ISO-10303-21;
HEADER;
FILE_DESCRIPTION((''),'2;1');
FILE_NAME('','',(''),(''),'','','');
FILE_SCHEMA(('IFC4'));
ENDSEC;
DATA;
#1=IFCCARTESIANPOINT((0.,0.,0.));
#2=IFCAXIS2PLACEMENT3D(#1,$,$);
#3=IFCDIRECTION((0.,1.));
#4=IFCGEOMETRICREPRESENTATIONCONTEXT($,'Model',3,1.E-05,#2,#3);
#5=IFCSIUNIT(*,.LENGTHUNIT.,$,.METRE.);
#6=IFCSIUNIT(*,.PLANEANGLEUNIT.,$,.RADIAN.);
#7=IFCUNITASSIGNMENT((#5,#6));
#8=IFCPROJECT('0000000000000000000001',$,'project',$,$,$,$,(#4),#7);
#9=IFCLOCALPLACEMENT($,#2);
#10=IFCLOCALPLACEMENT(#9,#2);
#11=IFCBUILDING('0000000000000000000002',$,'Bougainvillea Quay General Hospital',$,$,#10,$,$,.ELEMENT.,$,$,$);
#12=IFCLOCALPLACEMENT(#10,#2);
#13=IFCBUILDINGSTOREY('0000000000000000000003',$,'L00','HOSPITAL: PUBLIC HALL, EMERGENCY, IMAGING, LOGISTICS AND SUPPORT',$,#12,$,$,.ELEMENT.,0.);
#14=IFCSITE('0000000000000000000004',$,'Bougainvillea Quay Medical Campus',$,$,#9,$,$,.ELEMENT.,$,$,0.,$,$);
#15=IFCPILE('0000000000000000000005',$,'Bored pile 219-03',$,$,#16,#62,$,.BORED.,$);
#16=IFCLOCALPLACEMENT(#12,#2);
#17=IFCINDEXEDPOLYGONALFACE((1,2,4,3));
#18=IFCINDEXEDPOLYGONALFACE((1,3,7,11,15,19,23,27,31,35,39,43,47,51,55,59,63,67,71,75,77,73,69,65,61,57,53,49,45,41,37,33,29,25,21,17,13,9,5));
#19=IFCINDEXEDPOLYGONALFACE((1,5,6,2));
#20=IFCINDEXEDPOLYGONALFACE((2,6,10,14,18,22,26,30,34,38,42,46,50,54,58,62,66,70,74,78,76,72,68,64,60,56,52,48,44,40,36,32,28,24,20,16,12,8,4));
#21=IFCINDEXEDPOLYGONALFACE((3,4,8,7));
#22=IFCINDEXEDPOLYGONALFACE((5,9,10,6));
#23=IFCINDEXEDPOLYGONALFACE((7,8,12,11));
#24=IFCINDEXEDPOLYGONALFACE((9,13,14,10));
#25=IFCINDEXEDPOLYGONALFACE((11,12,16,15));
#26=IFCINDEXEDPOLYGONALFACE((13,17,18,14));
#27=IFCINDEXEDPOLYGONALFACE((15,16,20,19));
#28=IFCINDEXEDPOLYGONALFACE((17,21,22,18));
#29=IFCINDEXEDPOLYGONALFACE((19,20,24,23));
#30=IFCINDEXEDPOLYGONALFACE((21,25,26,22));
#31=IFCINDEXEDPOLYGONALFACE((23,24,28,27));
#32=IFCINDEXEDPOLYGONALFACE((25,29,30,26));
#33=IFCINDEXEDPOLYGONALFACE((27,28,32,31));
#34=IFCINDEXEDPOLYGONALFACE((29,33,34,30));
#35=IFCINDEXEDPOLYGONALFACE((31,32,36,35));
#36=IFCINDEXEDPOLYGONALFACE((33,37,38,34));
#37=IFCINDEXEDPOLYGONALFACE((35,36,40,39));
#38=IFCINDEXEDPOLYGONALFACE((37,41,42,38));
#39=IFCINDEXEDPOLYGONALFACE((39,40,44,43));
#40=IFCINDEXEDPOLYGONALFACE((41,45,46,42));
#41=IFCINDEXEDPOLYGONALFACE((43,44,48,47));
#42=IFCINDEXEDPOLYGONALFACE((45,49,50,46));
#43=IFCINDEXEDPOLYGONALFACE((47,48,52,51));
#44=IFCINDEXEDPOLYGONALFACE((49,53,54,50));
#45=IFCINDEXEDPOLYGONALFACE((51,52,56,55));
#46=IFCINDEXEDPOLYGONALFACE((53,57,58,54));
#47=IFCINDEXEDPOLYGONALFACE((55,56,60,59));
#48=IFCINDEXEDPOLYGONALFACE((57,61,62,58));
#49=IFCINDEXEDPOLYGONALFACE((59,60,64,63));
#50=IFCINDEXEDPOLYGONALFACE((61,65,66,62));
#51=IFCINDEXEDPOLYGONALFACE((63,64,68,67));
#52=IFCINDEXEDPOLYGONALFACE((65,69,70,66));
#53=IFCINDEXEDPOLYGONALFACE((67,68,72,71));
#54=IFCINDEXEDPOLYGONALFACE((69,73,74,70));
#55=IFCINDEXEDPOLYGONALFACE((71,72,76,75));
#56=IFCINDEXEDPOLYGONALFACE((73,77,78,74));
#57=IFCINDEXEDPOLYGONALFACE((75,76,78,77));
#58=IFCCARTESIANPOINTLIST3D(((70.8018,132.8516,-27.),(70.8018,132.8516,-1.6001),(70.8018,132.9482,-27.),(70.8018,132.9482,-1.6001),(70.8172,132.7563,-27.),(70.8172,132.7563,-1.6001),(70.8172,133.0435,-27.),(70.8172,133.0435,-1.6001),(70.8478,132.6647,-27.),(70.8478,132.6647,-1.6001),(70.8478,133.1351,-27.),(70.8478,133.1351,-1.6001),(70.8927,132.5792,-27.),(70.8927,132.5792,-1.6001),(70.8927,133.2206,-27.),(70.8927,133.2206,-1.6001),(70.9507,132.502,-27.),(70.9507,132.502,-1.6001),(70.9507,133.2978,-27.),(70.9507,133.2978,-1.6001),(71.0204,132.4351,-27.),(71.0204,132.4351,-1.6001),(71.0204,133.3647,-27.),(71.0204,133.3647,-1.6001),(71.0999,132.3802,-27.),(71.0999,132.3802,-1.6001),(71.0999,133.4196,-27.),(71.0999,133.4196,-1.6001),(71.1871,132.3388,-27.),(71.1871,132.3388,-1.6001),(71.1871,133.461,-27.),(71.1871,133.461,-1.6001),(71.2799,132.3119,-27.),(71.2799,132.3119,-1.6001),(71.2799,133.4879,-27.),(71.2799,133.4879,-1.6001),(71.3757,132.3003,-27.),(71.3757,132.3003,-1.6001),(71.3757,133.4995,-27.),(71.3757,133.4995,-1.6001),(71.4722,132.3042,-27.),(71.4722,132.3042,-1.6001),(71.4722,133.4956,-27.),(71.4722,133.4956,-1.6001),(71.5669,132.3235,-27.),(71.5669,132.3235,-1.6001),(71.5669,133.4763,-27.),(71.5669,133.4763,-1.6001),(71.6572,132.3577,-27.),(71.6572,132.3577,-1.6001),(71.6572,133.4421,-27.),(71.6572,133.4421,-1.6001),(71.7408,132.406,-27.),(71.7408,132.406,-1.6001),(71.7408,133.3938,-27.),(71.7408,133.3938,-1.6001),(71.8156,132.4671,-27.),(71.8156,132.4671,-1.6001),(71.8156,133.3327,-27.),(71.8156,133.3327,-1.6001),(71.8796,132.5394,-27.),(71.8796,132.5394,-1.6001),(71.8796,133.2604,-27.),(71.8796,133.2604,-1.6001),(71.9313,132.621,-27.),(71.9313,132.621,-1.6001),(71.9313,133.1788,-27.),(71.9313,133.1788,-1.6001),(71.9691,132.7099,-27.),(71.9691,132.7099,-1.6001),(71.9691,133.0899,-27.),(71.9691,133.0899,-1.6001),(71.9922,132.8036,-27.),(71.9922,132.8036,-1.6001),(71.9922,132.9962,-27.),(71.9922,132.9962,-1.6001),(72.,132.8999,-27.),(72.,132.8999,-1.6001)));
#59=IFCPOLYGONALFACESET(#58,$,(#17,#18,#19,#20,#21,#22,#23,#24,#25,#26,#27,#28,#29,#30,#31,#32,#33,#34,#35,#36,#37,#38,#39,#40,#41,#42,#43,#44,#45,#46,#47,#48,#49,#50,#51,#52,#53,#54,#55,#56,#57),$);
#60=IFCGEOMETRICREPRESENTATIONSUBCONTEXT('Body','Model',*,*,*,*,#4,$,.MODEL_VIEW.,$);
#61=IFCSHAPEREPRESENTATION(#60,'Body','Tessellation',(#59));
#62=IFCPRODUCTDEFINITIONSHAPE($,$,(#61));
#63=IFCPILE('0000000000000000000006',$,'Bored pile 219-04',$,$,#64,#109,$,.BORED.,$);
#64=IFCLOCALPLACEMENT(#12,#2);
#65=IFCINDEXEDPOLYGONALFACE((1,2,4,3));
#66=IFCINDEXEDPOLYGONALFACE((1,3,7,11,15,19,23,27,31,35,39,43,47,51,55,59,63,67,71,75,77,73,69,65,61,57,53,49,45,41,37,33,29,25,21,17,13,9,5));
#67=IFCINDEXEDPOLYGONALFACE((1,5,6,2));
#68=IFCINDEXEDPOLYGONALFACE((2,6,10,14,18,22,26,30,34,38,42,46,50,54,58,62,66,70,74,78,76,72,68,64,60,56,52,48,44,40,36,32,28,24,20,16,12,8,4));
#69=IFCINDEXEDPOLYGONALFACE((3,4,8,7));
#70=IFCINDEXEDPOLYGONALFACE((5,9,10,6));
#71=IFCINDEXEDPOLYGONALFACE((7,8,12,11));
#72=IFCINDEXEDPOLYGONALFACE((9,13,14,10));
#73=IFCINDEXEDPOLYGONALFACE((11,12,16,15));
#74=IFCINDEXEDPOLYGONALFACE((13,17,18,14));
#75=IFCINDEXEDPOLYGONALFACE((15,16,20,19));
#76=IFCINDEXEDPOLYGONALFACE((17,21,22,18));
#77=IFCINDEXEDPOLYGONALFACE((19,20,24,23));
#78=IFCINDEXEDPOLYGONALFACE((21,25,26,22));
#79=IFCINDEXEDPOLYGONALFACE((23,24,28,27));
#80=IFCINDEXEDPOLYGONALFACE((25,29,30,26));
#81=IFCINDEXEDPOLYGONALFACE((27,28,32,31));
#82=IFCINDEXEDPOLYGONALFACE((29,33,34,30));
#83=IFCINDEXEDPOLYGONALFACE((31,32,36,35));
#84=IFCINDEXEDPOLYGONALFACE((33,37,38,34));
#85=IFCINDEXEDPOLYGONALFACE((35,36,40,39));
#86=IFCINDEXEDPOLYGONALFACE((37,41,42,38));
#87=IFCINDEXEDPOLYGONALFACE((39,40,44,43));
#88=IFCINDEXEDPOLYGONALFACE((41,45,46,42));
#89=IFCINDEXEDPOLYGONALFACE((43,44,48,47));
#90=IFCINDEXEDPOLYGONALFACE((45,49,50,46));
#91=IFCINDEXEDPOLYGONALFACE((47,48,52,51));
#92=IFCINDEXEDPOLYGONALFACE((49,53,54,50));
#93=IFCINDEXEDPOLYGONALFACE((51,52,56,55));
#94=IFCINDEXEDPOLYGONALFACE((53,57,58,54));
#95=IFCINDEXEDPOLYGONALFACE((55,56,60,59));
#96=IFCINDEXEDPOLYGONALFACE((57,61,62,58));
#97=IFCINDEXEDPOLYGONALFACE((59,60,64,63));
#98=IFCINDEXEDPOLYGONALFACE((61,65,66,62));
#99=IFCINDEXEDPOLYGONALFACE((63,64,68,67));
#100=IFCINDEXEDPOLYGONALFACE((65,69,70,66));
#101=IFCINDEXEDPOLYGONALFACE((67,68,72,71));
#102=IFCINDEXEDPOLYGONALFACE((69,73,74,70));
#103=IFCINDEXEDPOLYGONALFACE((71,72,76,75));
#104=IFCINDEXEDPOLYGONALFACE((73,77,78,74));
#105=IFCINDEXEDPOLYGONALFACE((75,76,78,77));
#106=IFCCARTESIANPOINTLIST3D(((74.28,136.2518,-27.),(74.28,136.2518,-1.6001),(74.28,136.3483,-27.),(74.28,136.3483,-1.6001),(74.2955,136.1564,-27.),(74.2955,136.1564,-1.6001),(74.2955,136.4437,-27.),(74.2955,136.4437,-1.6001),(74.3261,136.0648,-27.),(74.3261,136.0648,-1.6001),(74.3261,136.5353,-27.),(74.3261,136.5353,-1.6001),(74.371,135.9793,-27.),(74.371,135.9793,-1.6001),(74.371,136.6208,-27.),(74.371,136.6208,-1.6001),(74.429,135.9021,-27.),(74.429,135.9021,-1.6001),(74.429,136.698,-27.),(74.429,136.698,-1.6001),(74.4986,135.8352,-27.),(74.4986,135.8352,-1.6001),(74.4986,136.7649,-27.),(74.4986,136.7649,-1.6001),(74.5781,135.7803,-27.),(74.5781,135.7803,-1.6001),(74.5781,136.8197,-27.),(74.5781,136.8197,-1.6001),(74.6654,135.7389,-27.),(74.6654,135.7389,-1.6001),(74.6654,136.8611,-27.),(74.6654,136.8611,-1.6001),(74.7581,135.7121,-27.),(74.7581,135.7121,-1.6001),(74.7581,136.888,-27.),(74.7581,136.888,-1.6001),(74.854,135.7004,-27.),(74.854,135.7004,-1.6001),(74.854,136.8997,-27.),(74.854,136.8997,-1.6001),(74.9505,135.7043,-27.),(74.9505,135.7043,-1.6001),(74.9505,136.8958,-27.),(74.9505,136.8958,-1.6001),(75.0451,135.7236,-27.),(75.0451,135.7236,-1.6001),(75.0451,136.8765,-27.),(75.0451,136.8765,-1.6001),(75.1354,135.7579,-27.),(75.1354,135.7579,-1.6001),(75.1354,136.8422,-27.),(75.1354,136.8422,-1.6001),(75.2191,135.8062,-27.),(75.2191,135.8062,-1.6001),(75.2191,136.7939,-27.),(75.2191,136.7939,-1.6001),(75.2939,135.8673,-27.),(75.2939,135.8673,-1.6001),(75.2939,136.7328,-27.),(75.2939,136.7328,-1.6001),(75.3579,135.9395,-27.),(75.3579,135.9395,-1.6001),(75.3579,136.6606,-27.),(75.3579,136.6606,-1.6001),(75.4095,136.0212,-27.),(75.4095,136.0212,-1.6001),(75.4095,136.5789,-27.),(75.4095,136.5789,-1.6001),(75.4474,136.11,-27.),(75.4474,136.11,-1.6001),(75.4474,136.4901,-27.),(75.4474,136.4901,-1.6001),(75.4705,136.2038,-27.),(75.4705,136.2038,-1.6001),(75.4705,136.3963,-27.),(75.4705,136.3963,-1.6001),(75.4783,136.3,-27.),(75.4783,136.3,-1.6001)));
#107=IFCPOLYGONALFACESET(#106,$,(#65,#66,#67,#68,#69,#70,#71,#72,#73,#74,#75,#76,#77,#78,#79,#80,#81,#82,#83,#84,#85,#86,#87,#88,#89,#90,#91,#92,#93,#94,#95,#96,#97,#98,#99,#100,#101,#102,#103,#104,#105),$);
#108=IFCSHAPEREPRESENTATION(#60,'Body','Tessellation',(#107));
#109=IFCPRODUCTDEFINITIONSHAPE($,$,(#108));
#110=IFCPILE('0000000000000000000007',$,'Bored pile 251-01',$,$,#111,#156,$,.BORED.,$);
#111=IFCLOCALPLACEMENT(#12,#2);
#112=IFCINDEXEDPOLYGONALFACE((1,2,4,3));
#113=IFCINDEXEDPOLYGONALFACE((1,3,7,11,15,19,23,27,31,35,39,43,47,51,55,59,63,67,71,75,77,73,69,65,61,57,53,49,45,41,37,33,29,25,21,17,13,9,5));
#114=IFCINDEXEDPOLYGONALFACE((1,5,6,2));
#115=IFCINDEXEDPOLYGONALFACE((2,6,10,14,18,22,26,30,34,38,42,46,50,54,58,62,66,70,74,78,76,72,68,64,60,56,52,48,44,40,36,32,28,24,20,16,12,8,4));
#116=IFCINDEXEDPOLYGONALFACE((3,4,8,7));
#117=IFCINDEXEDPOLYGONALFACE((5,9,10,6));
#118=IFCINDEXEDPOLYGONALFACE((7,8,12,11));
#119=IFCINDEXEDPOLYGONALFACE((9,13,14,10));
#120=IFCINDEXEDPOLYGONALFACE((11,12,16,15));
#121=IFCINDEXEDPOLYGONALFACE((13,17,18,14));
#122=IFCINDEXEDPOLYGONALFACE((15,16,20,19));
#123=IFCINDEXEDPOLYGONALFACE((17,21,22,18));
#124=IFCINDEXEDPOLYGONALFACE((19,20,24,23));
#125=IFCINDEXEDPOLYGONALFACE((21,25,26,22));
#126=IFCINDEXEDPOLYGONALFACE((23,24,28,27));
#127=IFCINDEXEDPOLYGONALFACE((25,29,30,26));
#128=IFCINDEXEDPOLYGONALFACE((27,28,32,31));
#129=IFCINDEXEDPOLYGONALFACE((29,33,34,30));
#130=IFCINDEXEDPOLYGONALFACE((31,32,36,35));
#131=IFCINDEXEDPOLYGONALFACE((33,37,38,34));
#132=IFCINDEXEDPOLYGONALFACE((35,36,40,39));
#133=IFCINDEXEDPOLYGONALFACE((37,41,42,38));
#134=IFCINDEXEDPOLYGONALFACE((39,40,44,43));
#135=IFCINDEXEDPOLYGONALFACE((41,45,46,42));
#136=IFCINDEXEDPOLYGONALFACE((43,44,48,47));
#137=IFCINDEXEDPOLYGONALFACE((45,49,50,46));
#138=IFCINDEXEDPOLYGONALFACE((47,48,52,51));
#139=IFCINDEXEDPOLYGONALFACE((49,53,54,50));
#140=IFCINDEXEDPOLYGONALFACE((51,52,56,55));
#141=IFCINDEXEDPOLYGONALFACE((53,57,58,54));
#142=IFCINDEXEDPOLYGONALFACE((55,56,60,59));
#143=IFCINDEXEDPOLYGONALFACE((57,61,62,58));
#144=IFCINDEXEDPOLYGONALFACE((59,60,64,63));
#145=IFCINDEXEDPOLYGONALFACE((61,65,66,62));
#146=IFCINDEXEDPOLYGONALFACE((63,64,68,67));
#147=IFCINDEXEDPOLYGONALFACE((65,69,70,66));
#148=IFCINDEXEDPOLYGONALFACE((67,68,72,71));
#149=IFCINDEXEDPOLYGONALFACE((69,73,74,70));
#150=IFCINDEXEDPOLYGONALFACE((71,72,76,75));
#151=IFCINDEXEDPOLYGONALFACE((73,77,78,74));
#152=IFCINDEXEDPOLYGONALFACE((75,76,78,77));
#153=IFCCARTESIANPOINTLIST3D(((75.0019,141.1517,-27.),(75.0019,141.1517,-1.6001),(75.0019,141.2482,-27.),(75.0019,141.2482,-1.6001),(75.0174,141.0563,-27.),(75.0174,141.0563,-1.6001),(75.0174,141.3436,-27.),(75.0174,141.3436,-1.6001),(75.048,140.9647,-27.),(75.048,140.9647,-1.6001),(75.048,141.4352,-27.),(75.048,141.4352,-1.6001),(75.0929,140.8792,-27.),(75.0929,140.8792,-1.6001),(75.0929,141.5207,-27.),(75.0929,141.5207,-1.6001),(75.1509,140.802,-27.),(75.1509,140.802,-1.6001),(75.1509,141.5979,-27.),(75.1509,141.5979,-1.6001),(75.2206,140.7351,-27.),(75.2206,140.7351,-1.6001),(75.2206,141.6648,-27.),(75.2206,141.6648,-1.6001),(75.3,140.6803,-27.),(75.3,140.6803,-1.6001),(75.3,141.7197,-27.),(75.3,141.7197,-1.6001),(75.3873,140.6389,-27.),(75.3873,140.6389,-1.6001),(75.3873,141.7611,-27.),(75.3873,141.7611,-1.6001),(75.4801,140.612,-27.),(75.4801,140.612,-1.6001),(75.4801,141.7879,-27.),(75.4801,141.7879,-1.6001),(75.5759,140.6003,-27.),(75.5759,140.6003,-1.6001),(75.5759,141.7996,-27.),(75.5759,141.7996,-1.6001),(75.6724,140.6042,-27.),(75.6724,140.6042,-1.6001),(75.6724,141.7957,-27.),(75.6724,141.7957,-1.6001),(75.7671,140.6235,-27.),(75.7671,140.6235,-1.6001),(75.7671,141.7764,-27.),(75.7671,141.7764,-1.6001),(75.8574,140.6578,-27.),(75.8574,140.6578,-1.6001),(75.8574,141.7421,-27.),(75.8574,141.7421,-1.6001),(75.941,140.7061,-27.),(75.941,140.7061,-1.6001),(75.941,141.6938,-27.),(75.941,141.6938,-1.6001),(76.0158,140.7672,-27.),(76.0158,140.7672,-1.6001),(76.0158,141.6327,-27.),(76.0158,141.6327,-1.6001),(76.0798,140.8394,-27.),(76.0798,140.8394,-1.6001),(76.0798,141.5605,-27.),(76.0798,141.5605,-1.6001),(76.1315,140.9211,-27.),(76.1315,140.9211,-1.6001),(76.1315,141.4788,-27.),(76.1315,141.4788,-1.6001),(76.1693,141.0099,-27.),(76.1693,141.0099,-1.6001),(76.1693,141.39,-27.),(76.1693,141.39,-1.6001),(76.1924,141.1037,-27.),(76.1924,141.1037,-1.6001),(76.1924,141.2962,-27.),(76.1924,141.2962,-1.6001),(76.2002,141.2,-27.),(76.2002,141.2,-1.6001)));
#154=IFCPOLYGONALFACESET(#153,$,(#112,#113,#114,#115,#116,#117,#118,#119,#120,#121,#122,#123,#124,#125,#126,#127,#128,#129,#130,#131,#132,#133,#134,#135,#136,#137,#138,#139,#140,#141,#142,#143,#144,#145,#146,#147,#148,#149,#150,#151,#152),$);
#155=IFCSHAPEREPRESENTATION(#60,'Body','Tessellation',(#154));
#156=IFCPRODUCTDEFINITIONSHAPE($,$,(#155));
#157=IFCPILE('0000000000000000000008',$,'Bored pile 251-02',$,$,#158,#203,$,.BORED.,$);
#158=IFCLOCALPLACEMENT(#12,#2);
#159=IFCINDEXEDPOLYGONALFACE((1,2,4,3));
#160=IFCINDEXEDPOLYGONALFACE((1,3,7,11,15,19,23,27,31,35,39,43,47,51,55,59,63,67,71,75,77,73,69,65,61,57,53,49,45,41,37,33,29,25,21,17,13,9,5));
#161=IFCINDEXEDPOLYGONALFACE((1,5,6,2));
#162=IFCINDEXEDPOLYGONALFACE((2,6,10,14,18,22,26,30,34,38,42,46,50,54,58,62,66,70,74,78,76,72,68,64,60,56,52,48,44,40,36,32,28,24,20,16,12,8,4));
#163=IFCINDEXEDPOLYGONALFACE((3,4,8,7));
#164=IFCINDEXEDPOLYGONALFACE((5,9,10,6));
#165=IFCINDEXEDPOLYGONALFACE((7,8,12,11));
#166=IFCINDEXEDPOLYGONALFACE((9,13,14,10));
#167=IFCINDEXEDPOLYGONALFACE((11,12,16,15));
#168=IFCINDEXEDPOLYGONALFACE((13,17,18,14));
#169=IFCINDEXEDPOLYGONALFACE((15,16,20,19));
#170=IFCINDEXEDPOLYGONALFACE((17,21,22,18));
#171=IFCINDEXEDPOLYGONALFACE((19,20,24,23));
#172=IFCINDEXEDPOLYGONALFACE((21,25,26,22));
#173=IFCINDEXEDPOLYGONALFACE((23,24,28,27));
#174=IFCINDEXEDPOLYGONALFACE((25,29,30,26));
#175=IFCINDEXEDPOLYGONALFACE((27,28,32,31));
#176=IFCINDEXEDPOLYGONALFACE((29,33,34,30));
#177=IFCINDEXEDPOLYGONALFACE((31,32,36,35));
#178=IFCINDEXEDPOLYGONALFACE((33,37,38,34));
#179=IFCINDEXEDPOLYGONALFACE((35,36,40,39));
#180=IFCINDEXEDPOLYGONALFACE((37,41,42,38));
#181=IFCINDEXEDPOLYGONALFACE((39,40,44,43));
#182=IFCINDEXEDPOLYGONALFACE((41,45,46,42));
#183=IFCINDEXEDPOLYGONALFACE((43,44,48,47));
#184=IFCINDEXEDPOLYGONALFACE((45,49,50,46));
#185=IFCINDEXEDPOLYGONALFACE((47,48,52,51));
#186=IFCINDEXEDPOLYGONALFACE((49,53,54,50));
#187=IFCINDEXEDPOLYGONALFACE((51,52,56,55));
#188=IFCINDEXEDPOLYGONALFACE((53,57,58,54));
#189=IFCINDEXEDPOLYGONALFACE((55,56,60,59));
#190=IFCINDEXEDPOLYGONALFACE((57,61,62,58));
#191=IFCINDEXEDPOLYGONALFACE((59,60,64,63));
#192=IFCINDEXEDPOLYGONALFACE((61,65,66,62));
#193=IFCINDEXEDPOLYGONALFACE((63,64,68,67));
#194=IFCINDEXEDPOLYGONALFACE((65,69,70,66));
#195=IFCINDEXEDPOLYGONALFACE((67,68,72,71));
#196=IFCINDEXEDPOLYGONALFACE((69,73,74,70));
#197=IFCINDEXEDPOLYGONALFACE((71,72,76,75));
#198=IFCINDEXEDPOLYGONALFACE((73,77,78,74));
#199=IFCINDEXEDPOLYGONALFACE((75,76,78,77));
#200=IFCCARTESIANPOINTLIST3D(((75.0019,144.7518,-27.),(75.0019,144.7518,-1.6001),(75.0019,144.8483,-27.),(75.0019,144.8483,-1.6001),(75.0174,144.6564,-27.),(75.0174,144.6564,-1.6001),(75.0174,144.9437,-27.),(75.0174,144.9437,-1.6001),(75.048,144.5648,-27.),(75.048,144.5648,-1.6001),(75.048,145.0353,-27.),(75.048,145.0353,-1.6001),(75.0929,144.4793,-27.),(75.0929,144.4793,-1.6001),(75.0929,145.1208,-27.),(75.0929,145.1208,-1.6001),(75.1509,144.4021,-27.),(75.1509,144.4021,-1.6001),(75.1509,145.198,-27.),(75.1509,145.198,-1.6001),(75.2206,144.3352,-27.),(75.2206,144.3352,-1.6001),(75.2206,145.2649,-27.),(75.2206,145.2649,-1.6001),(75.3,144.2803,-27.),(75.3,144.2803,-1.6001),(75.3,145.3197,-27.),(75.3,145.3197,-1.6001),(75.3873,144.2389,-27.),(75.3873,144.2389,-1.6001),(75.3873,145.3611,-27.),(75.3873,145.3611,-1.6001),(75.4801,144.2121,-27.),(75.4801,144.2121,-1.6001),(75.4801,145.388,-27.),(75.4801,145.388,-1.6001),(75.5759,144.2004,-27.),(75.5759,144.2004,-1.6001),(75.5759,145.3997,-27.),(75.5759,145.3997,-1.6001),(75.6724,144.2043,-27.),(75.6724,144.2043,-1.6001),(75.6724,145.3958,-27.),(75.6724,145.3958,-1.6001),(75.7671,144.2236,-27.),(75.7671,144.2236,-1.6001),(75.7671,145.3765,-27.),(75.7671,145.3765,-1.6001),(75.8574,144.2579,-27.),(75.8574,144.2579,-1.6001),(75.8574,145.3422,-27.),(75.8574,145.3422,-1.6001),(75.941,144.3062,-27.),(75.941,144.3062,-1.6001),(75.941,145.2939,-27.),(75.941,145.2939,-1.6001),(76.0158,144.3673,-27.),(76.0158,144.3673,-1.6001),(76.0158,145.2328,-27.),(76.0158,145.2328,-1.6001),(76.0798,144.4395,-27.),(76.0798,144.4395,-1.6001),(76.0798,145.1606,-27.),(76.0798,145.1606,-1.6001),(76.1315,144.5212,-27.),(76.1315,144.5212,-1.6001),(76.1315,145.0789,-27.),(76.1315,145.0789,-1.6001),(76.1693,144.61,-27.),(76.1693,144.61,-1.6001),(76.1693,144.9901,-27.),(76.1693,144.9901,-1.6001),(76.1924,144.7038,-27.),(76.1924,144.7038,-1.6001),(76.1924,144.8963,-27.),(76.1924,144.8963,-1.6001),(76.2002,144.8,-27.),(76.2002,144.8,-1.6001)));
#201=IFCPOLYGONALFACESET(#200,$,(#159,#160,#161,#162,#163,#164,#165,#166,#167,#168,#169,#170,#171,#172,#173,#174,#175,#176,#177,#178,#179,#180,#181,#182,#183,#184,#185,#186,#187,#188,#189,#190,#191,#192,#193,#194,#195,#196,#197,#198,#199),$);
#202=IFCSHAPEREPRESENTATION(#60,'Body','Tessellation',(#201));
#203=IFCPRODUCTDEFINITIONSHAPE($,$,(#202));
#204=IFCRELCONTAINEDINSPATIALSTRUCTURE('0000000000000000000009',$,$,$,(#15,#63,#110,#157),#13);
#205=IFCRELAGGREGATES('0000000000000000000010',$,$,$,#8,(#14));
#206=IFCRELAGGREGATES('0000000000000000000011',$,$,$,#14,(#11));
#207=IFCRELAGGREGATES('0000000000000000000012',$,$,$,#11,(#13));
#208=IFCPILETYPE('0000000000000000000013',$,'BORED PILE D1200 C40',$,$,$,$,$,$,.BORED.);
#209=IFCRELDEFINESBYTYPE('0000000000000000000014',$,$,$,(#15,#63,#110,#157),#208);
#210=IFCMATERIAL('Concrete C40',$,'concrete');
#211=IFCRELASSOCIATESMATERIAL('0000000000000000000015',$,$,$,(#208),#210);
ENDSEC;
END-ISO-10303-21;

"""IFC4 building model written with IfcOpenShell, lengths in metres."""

from ifc_helpers import new_model, si_unit, direction, frame, origin, origin_2d, place, context, subcontext, project, spatial, circle, extrude, material, material_profile, profile_set, type_object, element, save


model = new_model("IFC4")

# Units and contexts
model_context = context("Model", 3, precision=1e-05, world=origin(), true_north=direction((0.0, 1.0)))
body_context = subcontext(model_context, "Body", "Model", "MODEL_VIEW")
ifc_project = project(units=[si_unit("LENGTHUNIT", "METRE"), si_unit("PLANEANGLEUNIT", "RADIAN")], contexts=[model_context])

# Site, building, storey
site_placement = place(None, origin())
site = spatial("IfcSite", under=ifc_project, at=site_placement, Name="Bougainvillea Quay Medical Campus", CompositionType="ELEMENT", RefElevation=0.0)
building_placement = place(site_placement, origin())
building = spatial("IfcBuilding", under=site, at=building_placement, Name="Bougainvillea Quay General Hospital", CompositionType="ELEMENT")
storey_placement = place(building_placement, origin())
storey = spatial("IfcBuildingStorey", under=building, at=storey_placement, Name="L00", Description="HOSPITAL: PUBLIC HALL, EMERGENCY, IMAGING, LOGISTICS AND SUPPORT", CompositionType="ELEMENT", Elevation=0.0)

# Piles
ifc_material_1 = material(Name="Concrete C40", Category="concrete")
ifc_material_profile_1 = material_profile(ifc_material_1, circle(Radius=0.6001, at=origin_2d()))
ifc_profile_set_1 = profile_set([ifc_material_profile_1], Name="Concrete C40")
pile_type = type_object("IfcPileType", Name="BORED PILE D1200 C40", PredefinedType="BORED", material=ifc_profile_set_1)
for number, where, z_axis, x_axis, name in (
    (1, (71.3999, 132.8999, -1.6001), (0.0, 0.0, -1.0), (1.0, 0.0, 0.0), "Bored pile 219-03"),
    (2, (74.8782, 136.3, -1.6001), (0.0, 0.0, -1.0), (1.0, 0.0, 0.0), "Bored pile 219-04"),
    (3, (75.6001, 141.2, -1.6001), (0.0, 0.0, -1.0), (1.0, 0.0, 0.0), "Bored pile 251-01"),
    (4, (75.6001, 144.8, -1.6001), (0.0, 0.0, -1.0), (1.0, 0.0, 0.0), "Bored pile 251-02"),
):
    element("IfcPile", number, at=place(storey_placement, frame(where, z_axis=z_axis, x_axis=x_axis)), inside=storey, type_object=pile_type, Name=name, PredefinedType="BORED", context=body_context, shape_type="SweptSolid", body=[
        extrude(circle(Radius=0.6001, at=origin_2d()), origin(), (0.0, 0.0, 1.0), 25.3999),
    ])

save(model, "model.ifc")
